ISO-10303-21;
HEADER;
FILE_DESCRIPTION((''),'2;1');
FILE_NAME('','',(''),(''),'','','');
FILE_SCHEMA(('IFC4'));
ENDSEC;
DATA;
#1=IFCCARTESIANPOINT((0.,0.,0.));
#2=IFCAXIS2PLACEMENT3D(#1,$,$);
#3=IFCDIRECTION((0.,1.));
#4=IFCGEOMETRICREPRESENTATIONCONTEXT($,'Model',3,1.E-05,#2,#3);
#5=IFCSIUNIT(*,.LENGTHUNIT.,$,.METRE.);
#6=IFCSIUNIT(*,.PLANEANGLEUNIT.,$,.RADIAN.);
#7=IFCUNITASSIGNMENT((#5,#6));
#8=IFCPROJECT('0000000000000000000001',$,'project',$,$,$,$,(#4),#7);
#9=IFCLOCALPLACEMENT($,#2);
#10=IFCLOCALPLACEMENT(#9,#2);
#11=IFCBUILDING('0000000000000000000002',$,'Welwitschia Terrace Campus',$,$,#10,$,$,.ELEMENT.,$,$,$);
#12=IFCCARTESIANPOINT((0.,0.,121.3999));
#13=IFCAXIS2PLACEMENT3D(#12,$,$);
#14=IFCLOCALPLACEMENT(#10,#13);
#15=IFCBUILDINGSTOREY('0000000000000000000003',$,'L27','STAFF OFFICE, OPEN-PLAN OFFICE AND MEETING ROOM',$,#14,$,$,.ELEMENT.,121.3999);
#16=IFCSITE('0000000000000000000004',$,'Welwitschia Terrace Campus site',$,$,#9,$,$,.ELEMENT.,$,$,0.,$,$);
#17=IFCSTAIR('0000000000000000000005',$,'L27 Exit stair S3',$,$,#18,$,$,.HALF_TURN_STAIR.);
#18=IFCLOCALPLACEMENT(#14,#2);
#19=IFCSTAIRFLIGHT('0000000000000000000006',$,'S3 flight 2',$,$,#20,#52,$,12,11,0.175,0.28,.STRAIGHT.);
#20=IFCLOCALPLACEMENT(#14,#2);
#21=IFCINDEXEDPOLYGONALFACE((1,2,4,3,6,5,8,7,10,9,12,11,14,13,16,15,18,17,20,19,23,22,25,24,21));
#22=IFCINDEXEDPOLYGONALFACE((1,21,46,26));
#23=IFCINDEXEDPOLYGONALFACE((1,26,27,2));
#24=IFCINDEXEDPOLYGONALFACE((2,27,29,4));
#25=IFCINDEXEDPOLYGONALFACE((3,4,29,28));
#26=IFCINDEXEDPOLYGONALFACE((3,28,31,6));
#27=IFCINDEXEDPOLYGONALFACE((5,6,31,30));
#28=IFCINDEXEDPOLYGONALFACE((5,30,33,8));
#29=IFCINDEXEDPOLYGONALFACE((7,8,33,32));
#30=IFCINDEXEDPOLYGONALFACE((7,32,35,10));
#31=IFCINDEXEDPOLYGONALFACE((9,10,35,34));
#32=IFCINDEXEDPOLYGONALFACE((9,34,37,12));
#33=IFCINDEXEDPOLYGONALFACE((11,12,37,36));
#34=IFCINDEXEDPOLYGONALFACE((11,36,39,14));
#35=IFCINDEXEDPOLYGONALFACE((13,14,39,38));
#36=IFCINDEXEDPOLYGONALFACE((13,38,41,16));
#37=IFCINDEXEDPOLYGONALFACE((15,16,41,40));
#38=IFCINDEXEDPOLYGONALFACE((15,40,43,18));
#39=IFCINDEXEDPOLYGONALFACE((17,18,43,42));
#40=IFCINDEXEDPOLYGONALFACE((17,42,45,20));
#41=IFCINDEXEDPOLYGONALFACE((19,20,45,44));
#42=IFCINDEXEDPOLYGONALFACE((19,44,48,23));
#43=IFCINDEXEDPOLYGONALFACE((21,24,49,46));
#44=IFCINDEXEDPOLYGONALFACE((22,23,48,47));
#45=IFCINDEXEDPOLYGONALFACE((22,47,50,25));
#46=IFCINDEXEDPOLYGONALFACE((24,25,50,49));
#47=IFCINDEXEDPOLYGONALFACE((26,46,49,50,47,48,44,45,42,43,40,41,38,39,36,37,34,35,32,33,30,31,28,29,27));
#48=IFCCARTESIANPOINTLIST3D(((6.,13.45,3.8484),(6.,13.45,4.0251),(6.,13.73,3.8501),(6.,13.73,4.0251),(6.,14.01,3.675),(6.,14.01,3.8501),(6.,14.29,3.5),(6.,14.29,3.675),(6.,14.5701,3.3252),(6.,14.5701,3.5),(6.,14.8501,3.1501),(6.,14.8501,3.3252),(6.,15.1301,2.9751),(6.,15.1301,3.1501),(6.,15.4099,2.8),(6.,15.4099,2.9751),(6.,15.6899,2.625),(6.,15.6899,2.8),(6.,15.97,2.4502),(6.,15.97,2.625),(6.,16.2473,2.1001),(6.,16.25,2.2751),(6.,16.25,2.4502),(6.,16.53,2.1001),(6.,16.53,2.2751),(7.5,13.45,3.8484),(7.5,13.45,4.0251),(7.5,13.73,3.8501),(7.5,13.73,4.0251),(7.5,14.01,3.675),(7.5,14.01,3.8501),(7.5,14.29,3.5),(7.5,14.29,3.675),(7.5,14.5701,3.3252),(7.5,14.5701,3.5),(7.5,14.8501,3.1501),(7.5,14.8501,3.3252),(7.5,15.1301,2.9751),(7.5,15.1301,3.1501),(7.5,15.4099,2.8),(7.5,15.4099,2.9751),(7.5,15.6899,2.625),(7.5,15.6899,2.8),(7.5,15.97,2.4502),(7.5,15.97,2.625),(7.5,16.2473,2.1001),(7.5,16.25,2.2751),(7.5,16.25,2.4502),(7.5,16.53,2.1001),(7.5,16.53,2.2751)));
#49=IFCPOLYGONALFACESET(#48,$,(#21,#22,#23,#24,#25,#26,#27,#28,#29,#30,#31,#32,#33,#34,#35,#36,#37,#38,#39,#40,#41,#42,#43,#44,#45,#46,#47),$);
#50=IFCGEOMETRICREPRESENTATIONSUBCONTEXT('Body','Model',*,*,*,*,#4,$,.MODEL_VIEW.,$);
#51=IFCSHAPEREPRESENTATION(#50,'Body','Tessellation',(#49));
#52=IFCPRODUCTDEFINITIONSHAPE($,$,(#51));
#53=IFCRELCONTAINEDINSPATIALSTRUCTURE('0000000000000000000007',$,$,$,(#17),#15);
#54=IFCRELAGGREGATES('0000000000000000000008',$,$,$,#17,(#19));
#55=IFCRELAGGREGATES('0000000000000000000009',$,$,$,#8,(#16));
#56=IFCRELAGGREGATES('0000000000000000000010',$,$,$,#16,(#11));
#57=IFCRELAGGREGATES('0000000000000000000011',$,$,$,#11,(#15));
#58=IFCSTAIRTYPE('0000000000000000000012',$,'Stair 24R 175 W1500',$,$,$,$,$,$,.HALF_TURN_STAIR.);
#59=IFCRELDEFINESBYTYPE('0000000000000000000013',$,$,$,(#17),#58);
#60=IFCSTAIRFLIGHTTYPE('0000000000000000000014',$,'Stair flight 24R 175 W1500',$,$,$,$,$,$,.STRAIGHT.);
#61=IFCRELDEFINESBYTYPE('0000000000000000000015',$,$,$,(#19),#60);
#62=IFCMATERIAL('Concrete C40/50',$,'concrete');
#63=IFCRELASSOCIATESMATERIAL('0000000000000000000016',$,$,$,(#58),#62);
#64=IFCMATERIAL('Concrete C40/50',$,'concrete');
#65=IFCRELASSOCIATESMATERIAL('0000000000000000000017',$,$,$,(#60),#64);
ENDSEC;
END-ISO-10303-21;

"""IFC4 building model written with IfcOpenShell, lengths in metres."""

from ifc_helpers import new_model, si_unit, direction, frame, origin, place, context, subcontext, project, spatial, polyline, outline, extrude, material, type_object, element, aggregate, save


model = new_model("IFC4")

# Units and contexts
model_context = context("Model", 3, precision=1e-05, world=origin(), true_north=direction((0.0, 1.0)))
body_context = subcontext(model_context, "Body", "Model", "MODEL_VIEW")
ifc_project = project(units=[si_unit("LENGTHUNIT", "METRE"), si_unit("PLANEANGLEUNIT", "RADIAN")], contexts=[model_context])

# Site, building, storey
site_placement = place(None, origin())
site = spatial("IfcSite", under=ifc_project, at=site_placement, Name="Welwitschia Terrace Campus site", CompositionType="ELEMENT", RefElevation=0.0)
building_placement = place(site_placement, origin())
building = spatial("IfcBuilding", under=site, at=building_placement, Name="Welwitschia Terrace Campus", CompositionType="ELEMENT")
storey_placement = place(building_placement, frame((0.0, 0.0, 121.3999)))
storey = spatial("IfcBuildingStorey", under=building, at=storey_placement, Name="L27", Description="STAFF OFFICE, OPEN-PLAN OFFICE AND MEETING ROOM", CompositionType="ELEMENT", Elevation=121.3999)

# Stair, stair flight
ifc_material_1 = material(Name="Concrete C40/50", Category="concrete")
stair_type = type_object("IfcStairType", Name="Stair 24R 175 W1500", PredefinedType="HALF_TURN_STAIR", material=ifc_material_1)
stair_placement = place(storey_placement, origin())
stair = element("IfcStair", 1, at=stair_placement, inside=storey, type_object=stair_type, Name="L27 Exit stair S3", PredefinedType="HALF_TURN_STAIR")
ifc_material_2 = material(Name="Concrete C40/50", Category="concrete")
stair_flight_type = type_object("IfcStairFlightType", Name="Stair flight 24R 175 W1500", PredefinedType="STRAIGHT", material=ifc_material_2)
stair_flight_placement = place(storey_placement, frame((6.75, 16.53, 2.1001), z_axis=(0.0, 0.0, 1.0), x_axis=(0.0, -1.0, 0.0)))
stair_flight = element("IfcStairFlight", 2, at=stair_flight_placement, type_object=stair_flight_type, Name="S3 flight 2", NumberOfRisers=12, NumberOfTreads=11, PredefinedType="STRAIGHT", RiserHeight=0.175, TreadLength=0.28, context=body_context, shape_type="SweptSolid", body=[
    extrude(outline(polyline([(0.0, 0.0), (0.0, 0.175), (0.28, 0.175), (0.28, 0.3501), (0.5601, 0.3501), (0.5601, 0.5249), (0.8401, 0.5249), (0.8401, 0.7), (1.1201, 0.7), (1.1201, 0.875), (1.3999, 0.875), (1.3999, 1.05), (1.6799, 1.05), (1.6799, 1.2251), (1.96, 1.2251), (1.96, 1.3999), (2.24, 1.3999), (2.24, 1.575), (2.52, 1.575), (2.52, 1.75), (2.8, 1.75), (2.8, 1.925), (3.0801, 1.925), (3.0801, 2.1001), (3.0801, 1.7483), (0.2827, 0.0), (0.0, 0.0)])), frame((0.0, 0.75, 0.0), z_axis=(0.0, -1.0, 0.0), x_axis=(1.0, 0.0, 0.0)), (0.0, 0.0, 1.0), 1.5),
])
aggregate(stair, [stair_flight])

save(model, "model.ifc")
